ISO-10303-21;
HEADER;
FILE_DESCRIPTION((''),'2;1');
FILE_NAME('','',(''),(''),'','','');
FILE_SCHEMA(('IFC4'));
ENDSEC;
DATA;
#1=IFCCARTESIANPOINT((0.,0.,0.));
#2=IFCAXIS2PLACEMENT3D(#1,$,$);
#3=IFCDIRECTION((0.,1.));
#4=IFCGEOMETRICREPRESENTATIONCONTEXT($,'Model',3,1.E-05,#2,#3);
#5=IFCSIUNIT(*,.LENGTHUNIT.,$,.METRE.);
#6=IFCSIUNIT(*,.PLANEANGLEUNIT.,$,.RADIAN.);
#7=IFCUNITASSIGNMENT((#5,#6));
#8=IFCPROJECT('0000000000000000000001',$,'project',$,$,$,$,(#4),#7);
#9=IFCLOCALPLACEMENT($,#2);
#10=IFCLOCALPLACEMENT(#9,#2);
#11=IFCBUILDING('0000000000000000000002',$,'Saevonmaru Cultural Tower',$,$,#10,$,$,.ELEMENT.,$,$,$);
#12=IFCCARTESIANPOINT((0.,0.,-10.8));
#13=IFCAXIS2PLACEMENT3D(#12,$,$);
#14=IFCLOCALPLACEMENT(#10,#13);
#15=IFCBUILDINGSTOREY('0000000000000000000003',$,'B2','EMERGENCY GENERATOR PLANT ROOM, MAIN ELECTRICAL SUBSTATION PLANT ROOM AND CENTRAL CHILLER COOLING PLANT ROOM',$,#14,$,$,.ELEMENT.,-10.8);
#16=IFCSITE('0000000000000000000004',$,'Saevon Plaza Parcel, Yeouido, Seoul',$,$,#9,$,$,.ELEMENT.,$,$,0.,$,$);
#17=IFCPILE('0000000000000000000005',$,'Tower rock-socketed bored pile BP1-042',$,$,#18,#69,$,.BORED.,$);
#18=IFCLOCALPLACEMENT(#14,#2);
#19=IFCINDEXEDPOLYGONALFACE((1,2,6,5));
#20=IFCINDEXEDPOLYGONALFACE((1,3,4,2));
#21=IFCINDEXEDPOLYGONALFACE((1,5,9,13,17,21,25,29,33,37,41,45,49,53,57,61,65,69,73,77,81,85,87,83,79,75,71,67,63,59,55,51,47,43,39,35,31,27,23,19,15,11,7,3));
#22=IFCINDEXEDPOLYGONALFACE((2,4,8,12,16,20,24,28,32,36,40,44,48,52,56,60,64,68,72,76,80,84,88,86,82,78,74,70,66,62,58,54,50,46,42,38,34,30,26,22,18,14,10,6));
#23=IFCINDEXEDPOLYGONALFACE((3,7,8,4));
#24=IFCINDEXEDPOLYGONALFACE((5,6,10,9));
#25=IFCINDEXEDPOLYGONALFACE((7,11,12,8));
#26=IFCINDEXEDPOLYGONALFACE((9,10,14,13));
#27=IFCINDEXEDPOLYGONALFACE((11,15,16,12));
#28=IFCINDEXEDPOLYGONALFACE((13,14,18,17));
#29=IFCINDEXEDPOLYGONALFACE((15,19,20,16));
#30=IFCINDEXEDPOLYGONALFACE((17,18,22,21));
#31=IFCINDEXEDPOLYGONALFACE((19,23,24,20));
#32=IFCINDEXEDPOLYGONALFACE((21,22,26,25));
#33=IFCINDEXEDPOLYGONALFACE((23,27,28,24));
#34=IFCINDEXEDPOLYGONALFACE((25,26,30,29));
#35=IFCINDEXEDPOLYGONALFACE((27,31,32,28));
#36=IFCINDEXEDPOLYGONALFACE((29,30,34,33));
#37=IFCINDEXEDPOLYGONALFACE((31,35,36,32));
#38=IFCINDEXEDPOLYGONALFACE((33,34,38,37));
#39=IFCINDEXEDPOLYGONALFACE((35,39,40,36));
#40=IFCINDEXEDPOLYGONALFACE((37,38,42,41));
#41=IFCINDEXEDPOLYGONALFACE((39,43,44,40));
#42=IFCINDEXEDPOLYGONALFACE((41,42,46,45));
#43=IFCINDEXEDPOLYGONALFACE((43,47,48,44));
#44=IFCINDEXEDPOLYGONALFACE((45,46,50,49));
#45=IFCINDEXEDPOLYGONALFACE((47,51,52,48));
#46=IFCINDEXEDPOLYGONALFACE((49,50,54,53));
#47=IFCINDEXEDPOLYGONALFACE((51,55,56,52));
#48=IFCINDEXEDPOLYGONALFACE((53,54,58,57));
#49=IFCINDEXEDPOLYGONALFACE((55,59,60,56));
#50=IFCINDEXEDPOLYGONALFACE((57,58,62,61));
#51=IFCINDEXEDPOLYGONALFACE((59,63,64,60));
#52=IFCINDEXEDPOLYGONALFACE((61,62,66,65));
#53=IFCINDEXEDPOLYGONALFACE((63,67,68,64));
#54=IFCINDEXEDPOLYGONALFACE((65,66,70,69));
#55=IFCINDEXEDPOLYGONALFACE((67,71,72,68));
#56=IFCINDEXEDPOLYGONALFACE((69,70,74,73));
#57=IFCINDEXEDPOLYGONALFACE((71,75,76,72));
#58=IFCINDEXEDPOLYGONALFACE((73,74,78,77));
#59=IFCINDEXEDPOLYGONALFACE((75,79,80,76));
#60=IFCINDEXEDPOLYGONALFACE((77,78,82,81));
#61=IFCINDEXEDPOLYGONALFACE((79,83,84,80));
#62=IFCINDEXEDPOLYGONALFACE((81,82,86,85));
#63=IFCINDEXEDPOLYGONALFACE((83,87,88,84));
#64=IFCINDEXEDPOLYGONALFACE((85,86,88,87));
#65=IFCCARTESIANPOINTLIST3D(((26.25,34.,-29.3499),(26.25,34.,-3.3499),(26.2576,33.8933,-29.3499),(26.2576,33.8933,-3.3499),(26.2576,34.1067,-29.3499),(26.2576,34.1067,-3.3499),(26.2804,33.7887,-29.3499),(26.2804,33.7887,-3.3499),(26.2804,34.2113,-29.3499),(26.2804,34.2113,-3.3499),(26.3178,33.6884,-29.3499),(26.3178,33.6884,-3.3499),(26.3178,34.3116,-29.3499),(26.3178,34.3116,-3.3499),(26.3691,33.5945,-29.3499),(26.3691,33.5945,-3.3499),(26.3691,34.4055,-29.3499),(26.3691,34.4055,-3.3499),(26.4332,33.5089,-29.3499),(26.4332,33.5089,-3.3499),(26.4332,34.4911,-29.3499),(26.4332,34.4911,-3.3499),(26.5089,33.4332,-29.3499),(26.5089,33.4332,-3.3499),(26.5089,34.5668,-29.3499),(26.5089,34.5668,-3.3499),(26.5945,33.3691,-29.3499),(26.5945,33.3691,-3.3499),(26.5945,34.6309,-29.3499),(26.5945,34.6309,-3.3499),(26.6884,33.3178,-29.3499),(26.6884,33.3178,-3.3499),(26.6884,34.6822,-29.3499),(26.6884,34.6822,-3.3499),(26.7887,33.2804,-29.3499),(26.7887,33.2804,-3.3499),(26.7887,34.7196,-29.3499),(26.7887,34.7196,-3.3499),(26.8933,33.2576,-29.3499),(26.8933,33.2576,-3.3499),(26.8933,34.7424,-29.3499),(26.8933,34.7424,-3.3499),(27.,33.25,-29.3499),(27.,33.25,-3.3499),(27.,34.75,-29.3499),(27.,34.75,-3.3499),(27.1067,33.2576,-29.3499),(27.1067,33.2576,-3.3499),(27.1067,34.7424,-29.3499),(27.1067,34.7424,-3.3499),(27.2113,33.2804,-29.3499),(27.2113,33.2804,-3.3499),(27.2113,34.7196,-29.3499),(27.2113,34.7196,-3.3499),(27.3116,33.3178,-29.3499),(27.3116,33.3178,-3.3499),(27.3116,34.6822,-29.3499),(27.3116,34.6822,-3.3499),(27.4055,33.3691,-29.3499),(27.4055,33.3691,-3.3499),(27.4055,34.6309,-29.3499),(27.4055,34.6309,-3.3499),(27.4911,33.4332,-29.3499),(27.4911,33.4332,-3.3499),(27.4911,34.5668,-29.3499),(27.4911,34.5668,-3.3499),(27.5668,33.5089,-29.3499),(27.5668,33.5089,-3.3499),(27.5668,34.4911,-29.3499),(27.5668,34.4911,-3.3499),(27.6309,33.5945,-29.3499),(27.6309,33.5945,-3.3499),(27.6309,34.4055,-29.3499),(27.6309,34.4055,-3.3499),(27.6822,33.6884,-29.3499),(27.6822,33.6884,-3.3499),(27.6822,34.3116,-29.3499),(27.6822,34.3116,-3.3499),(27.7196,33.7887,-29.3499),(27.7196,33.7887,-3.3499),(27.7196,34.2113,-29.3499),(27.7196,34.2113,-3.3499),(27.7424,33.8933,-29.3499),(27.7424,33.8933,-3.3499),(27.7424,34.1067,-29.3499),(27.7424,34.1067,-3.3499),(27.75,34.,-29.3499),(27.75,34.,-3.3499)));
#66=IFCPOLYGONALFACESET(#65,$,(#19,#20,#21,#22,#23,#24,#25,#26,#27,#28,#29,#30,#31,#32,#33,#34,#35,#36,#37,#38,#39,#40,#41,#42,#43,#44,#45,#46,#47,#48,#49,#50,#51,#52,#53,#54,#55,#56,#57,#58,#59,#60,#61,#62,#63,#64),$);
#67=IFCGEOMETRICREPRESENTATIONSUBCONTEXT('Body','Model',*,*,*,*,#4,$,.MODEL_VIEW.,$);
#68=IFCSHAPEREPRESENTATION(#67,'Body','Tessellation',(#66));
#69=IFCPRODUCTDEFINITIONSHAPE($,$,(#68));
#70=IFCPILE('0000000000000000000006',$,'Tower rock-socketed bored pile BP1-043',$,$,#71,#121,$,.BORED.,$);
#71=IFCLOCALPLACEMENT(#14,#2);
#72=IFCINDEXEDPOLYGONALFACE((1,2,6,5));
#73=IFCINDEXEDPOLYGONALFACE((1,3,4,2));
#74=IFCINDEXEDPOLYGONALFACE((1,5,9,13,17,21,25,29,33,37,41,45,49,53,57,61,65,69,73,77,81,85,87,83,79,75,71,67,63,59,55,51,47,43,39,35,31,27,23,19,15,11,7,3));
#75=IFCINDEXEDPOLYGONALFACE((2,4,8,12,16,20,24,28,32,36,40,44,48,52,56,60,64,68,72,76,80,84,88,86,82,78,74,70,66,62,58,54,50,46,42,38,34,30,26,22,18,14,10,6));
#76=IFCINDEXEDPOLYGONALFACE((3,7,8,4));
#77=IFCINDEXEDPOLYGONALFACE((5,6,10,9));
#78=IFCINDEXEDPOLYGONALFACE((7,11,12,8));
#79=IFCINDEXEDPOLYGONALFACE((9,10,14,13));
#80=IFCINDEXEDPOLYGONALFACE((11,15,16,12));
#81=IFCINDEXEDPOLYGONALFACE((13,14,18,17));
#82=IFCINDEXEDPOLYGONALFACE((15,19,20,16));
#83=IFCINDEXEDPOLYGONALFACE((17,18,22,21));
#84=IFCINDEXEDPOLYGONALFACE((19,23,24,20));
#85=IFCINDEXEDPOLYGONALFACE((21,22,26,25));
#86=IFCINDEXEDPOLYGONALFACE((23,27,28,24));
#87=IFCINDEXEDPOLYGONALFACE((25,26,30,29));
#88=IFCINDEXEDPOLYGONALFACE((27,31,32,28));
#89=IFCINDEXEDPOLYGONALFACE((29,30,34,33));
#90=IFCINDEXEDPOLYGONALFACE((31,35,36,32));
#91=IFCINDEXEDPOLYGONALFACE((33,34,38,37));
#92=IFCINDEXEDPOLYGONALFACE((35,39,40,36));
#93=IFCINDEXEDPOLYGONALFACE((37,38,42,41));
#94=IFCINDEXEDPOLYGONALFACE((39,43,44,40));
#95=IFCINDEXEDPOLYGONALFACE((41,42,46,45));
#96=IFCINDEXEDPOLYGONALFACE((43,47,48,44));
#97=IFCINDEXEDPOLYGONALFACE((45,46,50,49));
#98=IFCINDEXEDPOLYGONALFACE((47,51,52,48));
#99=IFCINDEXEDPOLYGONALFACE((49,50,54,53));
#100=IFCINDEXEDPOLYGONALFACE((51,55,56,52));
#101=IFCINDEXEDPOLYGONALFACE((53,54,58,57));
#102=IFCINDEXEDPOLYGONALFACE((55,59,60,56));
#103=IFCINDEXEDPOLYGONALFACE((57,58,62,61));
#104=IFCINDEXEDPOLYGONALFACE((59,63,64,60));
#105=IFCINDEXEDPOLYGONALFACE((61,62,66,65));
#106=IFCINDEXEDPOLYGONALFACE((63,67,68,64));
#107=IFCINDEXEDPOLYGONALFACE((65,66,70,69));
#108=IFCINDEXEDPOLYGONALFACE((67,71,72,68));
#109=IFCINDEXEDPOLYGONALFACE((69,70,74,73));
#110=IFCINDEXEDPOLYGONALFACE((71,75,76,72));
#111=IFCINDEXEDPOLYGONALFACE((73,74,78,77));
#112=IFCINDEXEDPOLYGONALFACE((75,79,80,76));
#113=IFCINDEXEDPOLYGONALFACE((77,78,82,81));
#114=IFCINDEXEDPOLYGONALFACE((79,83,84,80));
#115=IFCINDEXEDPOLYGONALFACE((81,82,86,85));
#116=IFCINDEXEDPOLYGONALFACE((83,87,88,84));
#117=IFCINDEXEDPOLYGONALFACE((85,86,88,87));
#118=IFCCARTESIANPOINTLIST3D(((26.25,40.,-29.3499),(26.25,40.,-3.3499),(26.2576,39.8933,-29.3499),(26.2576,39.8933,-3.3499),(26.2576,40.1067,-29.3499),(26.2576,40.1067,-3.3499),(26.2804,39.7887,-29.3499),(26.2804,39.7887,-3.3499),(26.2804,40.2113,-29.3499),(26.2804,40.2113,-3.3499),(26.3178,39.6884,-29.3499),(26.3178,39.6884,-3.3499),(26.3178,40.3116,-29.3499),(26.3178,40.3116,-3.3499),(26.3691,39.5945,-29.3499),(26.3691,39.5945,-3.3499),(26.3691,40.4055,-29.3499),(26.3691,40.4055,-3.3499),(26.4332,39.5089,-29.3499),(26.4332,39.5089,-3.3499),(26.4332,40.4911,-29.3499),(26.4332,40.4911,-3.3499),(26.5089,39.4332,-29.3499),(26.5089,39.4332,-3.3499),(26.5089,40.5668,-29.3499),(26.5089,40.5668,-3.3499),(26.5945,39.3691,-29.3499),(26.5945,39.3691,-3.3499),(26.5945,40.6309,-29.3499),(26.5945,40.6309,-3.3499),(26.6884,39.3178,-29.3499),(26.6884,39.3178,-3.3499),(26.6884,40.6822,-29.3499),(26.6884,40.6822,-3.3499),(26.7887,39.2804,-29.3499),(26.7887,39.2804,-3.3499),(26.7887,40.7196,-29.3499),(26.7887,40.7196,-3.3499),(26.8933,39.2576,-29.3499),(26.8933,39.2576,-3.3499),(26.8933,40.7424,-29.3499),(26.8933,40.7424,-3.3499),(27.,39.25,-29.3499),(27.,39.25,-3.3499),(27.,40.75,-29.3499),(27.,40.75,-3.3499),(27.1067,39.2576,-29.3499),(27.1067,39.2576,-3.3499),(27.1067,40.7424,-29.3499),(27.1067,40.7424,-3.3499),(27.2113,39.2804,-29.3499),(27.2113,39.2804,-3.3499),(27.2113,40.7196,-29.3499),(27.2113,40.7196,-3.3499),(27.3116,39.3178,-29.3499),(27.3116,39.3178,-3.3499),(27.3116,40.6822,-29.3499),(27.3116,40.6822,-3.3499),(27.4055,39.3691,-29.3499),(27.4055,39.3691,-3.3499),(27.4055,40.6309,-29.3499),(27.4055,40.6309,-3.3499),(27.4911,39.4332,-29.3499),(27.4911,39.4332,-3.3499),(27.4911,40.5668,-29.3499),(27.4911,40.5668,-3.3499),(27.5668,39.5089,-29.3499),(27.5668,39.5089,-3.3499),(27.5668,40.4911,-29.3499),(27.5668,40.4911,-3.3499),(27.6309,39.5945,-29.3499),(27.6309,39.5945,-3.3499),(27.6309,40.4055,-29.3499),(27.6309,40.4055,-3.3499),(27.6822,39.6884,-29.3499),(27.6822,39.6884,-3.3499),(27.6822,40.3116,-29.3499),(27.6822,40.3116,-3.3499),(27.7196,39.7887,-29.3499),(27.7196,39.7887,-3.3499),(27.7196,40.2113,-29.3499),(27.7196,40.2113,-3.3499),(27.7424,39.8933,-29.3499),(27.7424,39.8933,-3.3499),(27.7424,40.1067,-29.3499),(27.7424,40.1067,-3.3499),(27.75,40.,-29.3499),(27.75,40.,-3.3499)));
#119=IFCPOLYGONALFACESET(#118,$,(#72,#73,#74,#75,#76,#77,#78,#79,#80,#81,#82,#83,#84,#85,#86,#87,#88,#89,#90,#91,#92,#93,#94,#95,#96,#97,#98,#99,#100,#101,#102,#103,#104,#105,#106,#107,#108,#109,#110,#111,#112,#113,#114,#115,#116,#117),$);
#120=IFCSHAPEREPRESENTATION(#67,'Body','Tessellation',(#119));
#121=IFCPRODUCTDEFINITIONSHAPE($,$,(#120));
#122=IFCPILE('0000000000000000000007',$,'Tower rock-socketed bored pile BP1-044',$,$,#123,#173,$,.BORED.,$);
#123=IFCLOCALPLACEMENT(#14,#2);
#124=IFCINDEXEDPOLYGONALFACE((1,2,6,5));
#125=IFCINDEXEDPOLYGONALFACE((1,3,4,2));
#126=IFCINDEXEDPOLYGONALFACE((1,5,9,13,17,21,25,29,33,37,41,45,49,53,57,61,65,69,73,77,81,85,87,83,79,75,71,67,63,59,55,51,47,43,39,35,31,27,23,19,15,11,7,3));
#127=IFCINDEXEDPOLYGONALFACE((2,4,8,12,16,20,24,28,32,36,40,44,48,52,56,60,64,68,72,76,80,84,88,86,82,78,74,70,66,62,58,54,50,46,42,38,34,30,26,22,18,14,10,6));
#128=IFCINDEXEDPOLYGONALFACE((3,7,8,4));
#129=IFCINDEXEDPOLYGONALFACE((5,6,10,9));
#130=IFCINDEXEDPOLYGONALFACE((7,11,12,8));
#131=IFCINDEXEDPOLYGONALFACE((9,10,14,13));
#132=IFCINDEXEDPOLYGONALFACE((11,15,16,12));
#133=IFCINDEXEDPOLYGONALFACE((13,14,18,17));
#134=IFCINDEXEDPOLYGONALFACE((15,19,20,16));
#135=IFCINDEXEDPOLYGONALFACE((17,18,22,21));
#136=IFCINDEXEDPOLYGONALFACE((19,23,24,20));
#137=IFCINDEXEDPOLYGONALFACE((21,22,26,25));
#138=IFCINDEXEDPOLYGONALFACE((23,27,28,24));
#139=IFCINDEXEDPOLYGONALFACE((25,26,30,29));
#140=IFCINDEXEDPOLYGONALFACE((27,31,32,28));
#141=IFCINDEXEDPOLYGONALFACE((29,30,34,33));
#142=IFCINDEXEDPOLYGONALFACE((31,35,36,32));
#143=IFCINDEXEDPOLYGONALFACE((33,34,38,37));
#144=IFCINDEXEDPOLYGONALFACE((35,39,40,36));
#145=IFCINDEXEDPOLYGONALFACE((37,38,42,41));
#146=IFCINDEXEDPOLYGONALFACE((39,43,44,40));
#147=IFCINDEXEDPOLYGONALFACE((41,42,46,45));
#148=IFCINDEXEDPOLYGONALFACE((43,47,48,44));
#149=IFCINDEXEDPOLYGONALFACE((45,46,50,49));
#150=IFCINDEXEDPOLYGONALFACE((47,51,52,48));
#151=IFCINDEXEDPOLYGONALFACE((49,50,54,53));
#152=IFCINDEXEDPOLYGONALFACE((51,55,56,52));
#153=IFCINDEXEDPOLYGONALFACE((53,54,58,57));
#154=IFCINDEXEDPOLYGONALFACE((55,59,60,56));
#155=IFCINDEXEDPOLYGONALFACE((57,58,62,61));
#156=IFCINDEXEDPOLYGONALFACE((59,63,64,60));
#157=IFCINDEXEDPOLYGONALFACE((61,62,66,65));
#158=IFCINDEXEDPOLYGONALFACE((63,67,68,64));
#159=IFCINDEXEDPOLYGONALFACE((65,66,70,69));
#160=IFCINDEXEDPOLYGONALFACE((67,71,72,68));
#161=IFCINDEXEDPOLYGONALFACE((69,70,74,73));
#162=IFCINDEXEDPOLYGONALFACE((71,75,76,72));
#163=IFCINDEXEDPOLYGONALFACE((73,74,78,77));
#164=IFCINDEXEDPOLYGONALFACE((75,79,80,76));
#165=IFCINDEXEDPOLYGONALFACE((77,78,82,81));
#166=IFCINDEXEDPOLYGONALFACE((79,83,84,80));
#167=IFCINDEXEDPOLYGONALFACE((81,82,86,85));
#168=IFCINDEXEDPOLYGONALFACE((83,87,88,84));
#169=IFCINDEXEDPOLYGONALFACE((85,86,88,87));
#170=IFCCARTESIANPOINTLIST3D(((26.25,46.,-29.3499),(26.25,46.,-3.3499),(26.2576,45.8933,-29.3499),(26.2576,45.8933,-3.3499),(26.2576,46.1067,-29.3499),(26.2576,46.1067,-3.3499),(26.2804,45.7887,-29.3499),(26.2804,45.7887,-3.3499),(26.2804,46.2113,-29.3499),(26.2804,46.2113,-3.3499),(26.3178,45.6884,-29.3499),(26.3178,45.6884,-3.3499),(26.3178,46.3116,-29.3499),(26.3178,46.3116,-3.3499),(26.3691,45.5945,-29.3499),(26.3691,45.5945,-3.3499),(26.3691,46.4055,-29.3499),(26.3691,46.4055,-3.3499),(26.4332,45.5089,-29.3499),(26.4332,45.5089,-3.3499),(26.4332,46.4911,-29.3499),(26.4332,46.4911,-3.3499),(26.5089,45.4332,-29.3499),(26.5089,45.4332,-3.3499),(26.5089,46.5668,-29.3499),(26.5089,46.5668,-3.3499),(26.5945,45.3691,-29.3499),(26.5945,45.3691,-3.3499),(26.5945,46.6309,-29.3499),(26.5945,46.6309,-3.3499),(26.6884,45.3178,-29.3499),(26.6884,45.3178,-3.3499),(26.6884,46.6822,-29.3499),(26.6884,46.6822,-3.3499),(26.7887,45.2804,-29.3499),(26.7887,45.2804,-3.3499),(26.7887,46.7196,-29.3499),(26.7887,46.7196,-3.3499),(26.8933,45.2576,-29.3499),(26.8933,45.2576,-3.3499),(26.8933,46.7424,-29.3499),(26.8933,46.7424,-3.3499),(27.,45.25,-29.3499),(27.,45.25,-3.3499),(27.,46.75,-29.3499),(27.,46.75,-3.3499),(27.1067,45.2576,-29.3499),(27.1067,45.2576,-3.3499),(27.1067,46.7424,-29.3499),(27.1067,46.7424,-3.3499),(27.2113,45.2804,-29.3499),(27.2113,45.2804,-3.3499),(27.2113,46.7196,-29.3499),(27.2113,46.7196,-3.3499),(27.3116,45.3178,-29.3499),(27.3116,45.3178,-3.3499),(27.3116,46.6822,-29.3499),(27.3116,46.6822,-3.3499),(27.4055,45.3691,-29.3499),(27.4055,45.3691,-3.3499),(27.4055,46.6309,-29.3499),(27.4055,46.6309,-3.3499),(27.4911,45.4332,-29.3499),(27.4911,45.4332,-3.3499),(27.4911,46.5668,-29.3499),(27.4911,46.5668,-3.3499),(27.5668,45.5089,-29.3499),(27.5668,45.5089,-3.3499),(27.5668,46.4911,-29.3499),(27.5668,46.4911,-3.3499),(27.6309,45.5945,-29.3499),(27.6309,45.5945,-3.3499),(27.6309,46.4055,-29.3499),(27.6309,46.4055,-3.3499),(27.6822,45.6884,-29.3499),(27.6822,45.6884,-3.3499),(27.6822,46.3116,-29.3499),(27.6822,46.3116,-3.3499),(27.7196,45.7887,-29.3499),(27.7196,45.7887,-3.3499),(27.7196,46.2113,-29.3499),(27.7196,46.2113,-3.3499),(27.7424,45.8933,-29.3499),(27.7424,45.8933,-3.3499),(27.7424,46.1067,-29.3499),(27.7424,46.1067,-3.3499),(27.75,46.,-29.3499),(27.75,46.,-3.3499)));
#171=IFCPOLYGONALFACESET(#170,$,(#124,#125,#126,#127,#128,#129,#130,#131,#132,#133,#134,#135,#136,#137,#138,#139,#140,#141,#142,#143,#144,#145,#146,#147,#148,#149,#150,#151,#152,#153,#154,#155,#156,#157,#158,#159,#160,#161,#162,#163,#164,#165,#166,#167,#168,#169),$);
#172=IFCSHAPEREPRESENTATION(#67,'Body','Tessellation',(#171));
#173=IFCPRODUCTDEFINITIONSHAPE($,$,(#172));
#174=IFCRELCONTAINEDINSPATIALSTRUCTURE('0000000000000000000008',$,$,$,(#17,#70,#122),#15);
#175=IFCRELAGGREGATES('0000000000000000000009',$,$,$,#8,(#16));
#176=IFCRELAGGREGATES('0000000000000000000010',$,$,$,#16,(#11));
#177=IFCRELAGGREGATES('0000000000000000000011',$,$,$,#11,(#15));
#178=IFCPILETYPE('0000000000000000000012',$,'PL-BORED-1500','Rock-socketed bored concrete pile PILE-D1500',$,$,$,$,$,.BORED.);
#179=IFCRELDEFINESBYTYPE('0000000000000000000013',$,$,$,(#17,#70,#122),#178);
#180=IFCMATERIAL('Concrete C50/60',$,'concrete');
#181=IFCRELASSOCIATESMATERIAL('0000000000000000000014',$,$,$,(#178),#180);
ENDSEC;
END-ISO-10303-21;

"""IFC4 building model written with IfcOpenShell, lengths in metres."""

from ifc_helpers import new_model, si_unit, direction, frame, origin, origin_2d, place, context, subcontext, project, spatial, circle, extrude, material, material_profile, profile_set, type_object, element, save


model = new_model("IFC4")

# Units and contexts
model_context = context("Model", 3, precision=1e-05, world=origin(), true_north=direction((0.0, 1.0)))
body_context = subcontext(model_context, "Body", "Model", "MODEL_VIEW")
ifc_project = project(units=[si_unit("LENGTHUNIT", "METRE"), si_unit("PLANEANGLEUNIT", "RADIAN")], contexts=[model_context])

# Site, building, storey
site_placement = place(None, origin())
site = spatial("IfcSite", under=ifc_project, at=site_placement, Name="Saevon Plaza Parcel, Yeouido, Seoul", CompositionType="ELEMENT", RefElevation=0.0)
building_placement = place(site_placement, origin())
building = spatial("IfcBuilding", under=site, at=building_placement, Name="Saevonmaru Cultural Tower", CompositionType="ELEMENT")
storey_placement = place(building_placement, frame((0.0, 0.0, -10.8)))
storey = spatial("IfcBuildingStorey", under=building, at=storey_placement, Name="B2", Description="EMERGENCY GENERATOR PLANT ROOM, MAIN ELECTRICAL SUBSTATION PLANT ROOM AND CENTRAL CHILLER COOLING PLANT ROOM", CompositionType="ELEMENT", Elevation=-10.8)

# Piles
ifc_material_1 = material(Name="Concrete C50/60", Category="concrete")
ifc_material_profile = material_profile(ifc_material_1, circle(Radius=0.75, at=origin_2d()), Name="PILE-D1500")
ifc_profile_set = profile_set([ifc_material_profile], Name="Concrete C50/60")
pile_type = type_object("IfcPileType", Name="PL-BORED-1500", Description="Rock-socketed bored concrete pile PILE-D1500", PredefinedType="BORED", material=ifc_profile_set)
for number, where, z_axis, x_axis, name in (
    (1, (27.0, 34.0, -3.3499), (0.0, 0.0, -1.0), (1.0, 0.0, 0.0), "Tower rock-socketed bored pile BP1-042"),
    (2, (27.0, 40.0, -3.3499), (0.0, 0.0, -1.0), (1.0, 0.0, 0.0), "Tower rock-socketed bored pile BP1-043"),
    (3, (27.0, 46.0, -3.3499), (0.0, 0.0, -1.0), (1.0, 0.0, 0.0), "Tower rock-socketed bored pile BP1-044"),
):
    element("IfcPile", number, at=place(storey_placement, frame(where, z_axis=z_axis, x_axis=x_axis)), inside=storey, type_object=pile_type, Name=name, PredefinedType="BORED", context=body_context, shape_type="SweptSolid", body=[
        extrude(circle(Radius=0.75, at=origin_2d()), origin(), (0.0, 0.0, 1.0), 26.0),
    ])

save(model, "model.ifc")
